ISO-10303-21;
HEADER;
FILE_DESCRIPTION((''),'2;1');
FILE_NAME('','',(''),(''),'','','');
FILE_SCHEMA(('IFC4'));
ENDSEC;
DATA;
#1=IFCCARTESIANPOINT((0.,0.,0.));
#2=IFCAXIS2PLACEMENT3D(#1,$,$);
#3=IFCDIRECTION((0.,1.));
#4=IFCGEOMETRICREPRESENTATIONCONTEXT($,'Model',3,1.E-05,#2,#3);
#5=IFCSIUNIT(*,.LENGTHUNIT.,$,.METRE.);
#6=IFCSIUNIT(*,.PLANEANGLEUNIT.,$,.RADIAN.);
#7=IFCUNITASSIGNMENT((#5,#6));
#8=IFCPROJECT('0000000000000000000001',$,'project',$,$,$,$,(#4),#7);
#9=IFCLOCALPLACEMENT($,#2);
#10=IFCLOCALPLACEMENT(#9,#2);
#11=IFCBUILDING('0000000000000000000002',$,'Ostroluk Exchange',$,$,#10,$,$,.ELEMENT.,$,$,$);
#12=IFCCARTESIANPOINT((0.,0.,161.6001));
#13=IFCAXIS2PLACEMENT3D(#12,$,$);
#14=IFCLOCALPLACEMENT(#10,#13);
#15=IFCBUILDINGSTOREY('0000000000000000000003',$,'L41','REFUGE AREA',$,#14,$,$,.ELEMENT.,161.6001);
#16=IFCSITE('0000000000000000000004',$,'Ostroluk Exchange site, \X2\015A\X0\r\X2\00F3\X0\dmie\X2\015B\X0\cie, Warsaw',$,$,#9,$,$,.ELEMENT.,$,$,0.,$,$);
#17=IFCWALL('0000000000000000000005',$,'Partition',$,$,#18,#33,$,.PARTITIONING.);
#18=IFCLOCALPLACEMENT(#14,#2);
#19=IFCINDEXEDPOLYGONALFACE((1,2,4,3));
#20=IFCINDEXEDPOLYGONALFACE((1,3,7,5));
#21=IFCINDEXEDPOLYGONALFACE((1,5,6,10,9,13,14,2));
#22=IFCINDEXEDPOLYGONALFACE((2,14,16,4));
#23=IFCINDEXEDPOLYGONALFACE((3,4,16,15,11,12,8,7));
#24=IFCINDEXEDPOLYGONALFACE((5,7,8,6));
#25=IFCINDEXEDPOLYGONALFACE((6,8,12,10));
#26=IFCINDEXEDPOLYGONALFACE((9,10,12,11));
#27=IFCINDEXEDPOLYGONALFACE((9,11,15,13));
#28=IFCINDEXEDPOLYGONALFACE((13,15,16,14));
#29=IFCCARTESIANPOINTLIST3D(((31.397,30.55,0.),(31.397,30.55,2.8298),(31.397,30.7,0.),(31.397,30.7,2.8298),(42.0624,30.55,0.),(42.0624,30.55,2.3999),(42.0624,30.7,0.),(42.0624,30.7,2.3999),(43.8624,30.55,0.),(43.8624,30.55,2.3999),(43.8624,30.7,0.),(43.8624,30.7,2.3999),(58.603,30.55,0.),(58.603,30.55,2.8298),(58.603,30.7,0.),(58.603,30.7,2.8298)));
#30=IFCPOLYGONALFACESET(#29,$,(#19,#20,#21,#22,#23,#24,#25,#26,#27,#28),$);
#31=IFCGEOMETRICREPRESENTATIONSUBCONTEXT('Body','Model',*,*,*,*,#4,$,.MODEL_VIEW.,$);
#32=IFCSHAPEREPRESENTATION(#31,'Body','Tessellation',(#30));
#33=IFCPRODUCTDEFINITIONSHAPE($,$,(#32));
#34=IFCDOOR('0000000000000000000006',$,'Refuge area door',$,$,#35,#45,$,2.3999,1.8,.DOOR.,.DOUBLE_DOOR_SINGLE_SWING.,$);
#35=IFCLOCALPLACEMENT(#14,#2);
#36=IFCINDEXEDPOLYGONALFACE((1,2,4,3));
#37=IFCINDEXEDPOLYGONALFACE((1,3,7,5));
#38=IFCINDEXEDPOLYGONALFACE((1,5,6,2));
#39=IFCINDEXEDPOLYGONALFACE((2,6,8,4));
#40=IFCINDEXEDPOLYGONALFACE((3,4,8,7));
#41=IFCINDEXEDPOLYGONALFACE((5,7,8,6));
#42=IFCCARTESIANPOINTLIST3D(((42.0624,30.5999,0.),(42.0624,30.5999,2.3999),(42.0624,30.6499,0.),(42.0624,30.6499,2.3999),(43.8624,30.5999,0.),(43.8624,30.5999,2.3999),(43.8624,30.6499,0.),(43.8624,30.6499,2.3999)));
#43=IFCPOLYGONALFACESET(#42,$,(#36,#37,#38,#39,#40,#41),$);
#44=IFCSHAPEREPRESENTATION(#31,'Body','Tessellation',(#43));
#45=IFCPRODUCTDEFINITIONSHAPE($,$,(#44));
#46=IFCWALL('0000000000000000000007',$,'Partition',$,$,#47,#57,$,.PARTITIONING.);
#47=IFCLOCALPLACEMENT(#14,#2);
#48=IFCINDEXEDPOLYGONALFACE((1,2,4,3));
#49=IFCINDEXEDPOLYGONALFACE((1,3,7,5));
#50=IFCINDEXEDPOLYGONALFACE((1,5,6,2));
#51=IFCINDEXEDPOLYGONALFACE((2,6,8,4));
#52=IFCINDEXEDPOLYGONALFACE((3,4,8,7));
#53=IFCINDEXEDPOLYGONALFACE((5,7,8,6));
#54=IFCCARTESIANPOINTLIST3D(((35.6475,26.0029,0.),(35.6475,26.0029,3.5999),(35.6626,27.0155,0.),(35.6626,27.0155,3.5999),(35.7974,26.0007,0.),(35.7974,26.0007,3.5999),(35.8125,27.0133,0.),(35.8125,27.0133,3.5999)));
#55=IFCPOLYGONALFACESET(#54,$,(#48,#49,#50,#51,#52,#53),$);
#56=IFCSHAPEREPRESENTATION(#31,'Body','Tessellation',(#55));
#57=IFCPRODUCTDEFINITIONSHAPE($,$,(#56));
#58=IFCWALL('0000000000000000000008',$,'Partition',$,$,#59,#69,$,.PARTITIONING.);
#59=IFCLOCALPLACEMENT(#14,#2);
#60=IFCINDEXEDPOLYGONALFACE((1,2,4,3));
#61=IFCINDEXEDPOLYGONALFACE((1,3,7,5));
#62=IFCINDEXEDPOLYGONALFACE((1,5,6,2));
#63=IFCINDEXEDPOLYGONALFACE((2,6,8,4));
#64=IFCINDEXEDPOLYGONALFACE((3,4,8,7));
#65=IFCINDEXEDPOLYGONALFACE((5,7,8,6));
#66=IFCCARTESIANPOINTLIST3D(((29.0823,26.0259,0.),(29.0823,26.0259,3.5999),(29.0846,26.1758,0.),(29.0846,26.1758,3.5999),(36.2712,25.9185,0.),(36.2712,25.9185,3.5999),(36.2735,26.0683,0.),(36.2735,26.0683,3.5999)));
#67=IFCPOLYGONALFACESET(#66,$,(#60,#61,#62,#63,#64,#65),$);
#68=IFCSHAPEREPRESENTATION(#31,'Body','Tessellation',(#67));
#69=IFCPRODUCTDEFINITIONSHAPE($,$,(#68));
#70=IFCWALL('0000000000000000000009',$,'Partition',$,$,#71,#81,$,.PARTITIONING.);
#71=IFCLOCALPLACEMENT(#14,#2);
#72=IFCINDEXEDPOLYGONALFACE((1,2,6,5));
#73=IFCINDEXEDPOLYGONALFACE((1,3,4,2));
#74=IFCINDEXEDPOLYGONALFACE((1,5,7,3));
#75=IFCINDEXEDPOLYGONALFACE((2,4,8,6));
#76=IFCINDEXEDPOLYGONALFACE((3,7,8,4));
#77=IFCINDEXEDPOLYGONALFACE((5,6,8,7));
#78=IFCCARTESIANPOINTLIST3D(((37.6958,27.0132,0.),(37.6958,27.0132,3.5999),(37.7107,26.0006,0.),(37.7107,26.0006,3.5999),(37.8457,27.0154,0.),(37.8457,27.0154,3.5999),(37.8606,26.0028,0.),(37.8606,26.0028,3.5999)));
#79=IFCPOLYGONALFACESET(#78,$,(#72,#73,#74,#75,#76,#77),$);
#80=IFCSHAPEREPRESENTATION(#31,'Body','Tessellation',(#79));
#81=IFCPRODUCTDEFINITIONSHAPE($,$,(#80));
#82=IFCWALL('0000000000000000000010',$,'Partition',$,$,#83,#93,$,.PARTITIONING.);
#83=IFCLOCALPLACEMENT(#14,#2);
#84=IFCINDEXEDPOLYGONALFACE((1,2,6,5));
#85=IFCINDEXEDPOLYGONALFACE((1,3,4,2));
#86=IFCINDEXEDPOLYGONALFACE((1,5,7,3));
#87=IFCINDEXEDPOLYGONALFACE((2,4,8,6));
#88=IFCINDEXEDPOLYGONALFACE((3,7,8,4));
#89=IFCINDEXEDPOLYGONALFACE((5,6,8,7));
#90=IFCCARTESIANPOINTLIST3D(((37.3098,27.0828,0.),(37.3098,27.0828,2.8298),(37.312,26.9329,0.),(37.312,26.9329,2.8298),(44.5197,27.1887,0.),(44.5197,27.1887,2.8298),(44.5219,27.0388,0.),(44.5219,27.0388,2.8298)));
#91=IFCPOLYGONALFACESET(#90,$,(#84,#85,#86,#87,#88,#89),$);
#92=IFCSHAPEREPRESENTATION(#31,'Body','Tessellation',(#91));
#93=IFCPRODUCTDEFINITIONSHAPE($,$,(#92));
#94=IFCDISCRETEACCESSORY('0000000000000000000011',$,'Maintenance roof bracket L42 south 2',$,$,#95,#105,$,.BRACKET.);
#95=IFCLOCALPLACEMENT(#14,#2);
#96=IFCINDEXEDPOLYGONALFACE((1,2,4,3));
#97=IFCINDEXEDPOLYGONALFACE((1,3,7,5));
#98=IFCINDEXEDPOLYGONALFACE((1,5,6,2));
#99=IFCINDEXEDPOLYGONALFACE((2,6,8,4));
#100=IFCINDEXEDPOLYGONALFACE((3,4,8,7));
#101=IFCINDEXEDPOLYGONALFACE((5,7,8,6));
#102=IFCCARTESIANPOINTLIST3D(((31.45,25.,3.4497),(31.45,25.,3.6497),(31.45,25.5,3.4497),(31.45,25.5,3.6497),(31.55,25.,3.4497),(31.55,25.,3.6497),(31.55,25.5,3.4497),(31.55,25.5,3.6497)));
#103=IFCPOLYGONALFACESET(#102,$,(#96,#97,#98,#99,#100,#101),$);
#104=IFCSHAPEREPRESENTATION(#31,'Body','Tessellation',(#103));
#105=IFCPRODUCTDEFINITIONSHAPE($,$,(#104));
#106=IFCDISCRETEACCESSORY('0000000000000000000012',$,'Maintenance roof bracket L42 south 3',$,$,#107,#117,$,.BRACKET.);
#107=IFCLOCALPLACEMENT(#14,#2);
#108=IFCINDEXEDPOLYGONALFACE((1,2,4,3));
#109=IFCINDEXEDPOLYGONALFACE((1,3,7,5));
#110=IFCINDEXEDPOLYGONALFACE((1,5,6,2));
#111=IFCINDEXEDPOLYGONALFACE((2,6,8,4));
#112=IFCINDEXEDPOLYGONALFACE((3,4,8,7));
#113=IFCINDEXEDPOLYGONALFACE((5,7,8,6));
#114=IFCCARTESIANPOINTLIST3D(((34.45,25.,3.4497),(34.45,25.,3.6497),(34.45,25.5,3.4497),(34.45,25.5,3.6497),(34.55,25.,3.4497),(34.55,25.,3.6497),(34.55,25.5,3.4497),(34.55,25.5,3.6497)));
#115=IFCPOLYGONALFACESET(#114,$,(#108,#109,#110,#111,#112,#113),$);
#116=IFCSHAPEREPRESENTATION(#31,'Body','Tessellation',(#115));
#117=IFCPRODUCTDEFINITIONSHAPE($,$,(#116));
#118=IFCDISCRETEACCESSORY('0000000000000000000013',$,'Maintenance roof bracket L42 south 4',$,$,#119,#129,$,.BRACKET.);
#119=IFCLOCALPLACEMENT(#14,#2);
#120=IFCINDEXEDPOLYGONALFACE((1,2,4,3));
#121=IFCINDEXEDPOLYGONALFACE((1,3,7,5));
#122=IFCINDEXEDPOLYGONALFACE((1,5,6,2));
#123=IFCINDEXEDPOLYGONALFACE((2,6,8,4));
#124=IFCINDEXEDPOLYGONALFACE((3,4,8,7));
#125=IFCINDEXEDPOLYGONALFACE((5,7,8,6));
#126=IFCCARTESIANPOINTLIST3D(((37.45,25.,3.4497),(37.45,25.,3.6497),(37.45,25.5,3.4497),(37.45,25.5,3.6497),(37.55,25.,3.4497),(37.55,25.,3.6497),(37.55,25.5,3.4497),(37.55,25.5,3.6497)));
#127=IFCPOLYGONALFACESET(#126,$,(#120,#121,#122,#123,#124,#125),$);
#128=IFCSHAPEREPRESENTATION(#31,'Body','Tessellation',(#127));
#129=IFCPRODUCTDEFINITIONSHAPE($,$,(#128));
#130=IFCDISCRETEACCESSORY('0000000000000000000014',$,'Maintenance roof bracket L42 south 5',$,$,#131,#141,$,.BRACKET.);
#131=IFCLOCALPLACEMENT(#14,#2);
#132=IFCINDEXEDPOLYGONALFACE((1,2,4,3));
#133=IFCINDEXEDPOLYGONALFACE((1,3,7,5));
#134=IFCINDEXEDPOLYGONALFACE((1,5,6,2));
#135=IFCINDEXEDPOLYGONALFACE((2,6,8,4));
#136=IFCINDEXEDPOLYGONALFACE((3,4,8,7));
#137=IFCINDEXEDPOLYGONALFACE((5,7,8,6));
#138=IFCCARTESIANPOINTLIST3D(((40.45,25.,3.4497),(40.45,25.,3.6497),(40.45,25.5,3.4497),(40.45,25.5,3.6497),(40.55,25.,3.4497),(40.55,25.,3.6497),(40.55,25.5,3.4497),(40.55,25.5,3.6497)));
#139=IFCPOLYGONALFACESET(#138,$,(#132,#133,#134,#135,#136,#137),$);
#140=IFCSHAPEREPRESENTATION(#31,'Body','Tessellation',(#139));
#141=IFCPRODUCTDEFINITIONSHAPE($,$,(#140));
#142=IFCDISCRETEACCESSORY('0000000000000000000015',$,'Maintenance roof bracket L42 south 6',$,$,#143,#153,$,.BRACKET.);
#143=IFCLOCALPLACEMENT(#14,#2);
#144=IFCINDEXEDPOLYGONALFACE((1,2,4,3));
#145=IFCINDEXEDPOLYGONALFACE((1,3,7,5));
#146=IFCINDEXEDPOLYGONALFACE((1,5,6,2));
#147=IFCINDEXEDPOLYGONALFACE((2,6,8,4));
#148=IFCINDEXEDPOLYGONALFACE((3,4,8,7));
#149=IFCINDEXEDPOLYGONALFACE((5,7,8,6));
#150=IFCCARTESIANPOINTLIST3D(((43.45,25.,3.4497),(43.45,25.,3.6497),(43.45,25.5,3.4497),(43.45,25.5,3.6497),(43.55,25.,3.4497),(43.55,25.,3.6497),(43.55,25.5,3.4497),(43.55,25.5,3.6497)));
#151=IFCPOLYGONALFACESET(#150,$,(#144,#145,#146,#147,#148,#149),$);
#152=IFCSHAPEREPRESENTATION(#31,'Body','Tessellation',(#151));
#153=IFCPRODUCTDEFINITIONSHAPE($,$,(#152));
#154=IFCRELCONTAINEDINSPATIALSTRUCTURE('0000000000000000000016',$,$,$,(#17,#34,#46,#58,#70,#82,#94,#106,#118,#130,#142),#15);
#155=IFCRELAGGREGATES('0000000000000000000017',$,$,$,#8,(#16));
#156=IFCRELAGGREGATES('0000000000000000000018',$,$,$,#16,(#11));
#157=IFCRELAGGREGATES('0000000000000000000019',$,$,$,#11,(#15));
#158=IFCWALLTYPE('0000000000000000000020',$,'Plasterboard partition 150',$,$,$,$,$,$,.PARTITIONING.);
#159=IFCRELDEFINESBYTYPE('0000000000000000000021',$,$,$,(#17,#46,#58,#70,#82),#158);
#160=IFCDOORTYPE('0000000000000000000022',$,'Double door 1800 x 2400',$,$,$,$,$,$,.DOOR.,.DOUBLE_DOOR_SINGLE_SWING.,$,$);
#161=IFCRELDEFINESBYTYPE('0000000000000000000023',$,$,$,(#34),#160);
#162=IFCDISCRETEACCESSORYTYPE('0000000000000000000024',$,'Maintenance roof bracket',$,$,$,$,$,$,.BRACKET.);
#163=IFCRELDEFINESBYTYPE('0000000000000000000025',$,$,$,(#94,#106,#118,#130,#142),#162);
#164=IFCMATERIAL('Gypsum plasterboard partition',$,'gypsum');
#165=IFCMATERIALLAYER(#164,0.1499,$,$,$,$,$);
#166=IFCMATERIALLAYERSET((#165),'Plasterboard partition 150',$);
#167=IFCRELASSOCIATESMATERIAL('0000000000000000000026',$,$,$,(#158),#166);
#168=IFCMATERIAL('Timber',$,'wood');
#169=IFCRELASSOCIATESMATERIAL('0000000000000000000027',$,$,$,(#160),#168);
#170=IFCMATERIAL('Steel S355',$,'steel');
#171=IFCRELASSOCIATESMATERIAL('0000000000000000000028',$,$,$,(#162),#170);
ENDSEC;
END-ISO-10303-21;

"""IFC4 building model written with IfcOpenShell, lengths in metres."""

from ifc_helpers import new_model, si_unit, direction, frame, frame_2d, origin, origin_2d, place, context, subcontext, project, spatial, rectangle, extrude, material, layer, layer_set, type_object, element, fill, save


model = new_model("IFC4")

# Units and contexts
model_context = context("Model", 3, precision=1e-05, world=origin(), true_north=direction((0.0, 1.0)))
body_context = subcontext(model_context, "Body", "Model", "MODEL_VIEW")
ifc_project = project(units=[si_unit("LENGTHUNIT", "METRE"), si_unit("PLANEANGLEUNIT", "RADIAN")], contexts=[model_context])

# Site, building, storey
site_placement = place(None, origin())
site = spatial("IfcSite", under=ifc_project, at=site_placement, Name="Ostroluk Exchange site, Śródmieście, Warsaw", CompositionType="ELEMENT", RefElevation=0.0)
building_placement = place(site_placement, origin())
building = spatial("IfcBuilding", under=site, at=building_placement, Name="Ostroluk Exchange", CompositionType="ELEMENT")
storey_placement = place(building_placement, frame((0.0, 0.0, 161.6001)))
storey = spatial("IfcBuildingStorey", under=building, at=storey_placement, Name="L41", Description="REFUGE AREA", CompositionType="ELEMENT", Elevation=161.6001)

# Wall, opening, door
ifc_material_1 = material(Name="Gypsum plasterboard partition", Category="gypsum")
ifc_layer_1 = layer(ifc_material_1, 0.1499)
ifc_layer_set_1 = layer_set([ifc_layer_1], Name="Plasterboard partition 150")
wall_type = type_object("IfcWallType", Name="Plasterboard partition 150", PredefinedType="PARTITIONING", material=ifc_layer_set_1)
wall_1_placement = place(storey_placement, frame((31.397, 30.625, 0.0), z_axis=(0.0, 0.0, 1.0), x_axis=(1.0, 0.0, 0.0)))
wall_1 = element("IfcWall", 1, at=wall_1_placement, inside=storey, type_object=wall_type, Name="Partition", PredefinedType="PARTITIONING", context=body_context, shape_type="SweptSolid", body=[
    extrude(rectangle(XDim=27.2061, YDim=0.1499, at=frame_2d((13.603, 0.0))), origin(), (0.0, 0.0, 1.0), 2.8298),
])
opening_placement = place(wall_1_placement, frame((10.6655, 0.0, 0.0)))
opening = element("IfcOpeningElement", 2, at=opening_placement, cuts=wall_1, PredefinedType="OPENING", context=body_context, shape_type="SweptSolid", body=[
    extrude(rectangle(XDim=1.8, YDim=2.3999, at=frame_2d((0.8999, 1.2))), frame((0.0, 0.085, 0.0), z_axis=(0.0, -1.0, 0.0), x_axis=(1.0, 0.0, 0.0)), (0.0, 0.0, 1.0), 0.1699),
])
ifc_material_2 = material(Name="Timber", Category="wood")
door_type = type_object("IfcDoorType", Name="Double door 1800 x 2400", OperationType="DOUBLE_DOOR_SINGLE_SWING", PredefinedType="DOOR", material=ifc_material_2)
door_placement = place(opening_placement, origin())
door = element("IfcDoor", 3, at=door_placement, inside=storey, type_object=door_type, Name="Refuge area door", OperationType="DOUBLE_DOOR_SINGLE_SWING", OverallHeight=2.3999, OverallWidth=1.8, PredefinedType="DOOR", context=body_context, shape_type="SweptSolid", body=[
    extrude(rectangle(XDim=1.8, YDim=2.3999, at=frame_2d((0.8999, 1.2))), frame((0.0, 0.0249, 0.0), z_axis=(0.0, -1.0, 0.0), x_axis=(1.0, 0.0, 0.0)), (0.0, 0.0, 1.0), 0.05),
])
fill(opening, door)

# Walls
wall_2_placement = place(storey_placement, frame((35.7375, 27.0144, 0.0), z_axis=(0.0, 0.0, 1.0), x_axis=(-0.014945, -0.999888, 0.0)))
element("IfcWall", 4, at=wall_2_placement, inside=storey, type_object=wall_type, Name="Partition", PredefinedType="PARTITIONING", context=body_context, shape_type="SweptSolid", body=[
    extrude(rectangle(XDim=1.0127, YDim=0.1499, at=frame_2d((0.5063, 0.0))), origin(), (0.0, 0.0, 1.0), 3.5999),
])
wall_3_placement = place(storey_placement, frame((36.2722, 25.9934, 0.0), z_axis=(0.0, 0.0, 1.0), x_axis=(-0.999888, 0.014941, 0.0)))
element("IfcWall", 5, at=wall_3_placement, inside=storey, type_object=wall_type, Name="Partition", PredefinedType="PARTITIONING", context=body_context, shape_type="SweptSolid", body=[
    extrude(rectangle(XDim=7.1897, YDim=0.1499, at=frame_2d((3.5947, 0.0))), origin(), (0.0, 0.0, 1.0), 3.5999),
])
wall_4_placement = place(storey_placement, frame((37.7856, 26.0017, 0.0), z_axis=(0.0, 0.0, 1.0), x_axis=(-0.014704, 0.999892, 0.0)))
element("IfcWall", 6, at=wall_4_placement, inside=storey, type_object=wall_type, Name="Partition", PredefinedType="PARTITIONING", context=body_context, shape_type="SweptSolid", body=[
    extrude(rectangle(XDim=1.0127, YDim=0.1499, at=frame_2d((0.5063, 0.0))), origin(), (0.0, 0.0, 1.0), 3.5999),
])
wall_5_placement = place(storey_placement, frame((37.3108, 27.0078, 0.0), z_axis=(0.0, 0.0, 1.0), x_axis=(0.999892, 0.014694, 0.0)))
element("IfcWall", 7, at=wall_5_placement, inside=storey, type_object=wall_type, Name="Partition", PredefinedType="PARTITIONING", context=body_context, shape_type="SweptSolid", body=[
    extrude(rectangle(XDim=7.2107, YDim=0.1499, at=frame_2d((3.6055, 0.0))), origin(), (0.0, 0.0, 1.0), 2.8298),
])

# Discrete accessories
ifc_material_3 = material(Name="Steel S355", Category="steel")
discrete_accessory_type = type_object("IfcDiscreteAccessoryType", Name="Maintenance roof bracket", PredefinedType="BRACKET", material=ifc_material_3)
for number, where, z_axis, x_axis, name in (
    (8, (31.5, 25.25, 3.4497), (0.0, 0.0, 1.0), (1.0, 0.0, 0.0), "Maintenance roof bracket L42 south 2"),
    (9, (34.5, 25.25, 3.4497), (0.0, 0.0, 1.0), (1.0, 0.0, 0.0), "Maintenance roof bracket L42 south 3"),
    (10, (37.5, 25.25, 3.4497), (0.0, 0.0, 1.0), (1.0, 0.0, 0.0), "Maintenance roof bracket L42 south 4"),
    (11, (40.5, 25.25, 3.4497), (0.0, 0.0, 1.0), (1.0, 0.0, 0.0), "Maintenance roof bracket L42 south 5"),
    (12, (43.5, 25.25, 3.4497), (0.0, 0.0, 1.0), (1.0, 0.0, 0.0), "Maintenance roof bracket L42 south 6"),
):
    element("IfcDiscreteAccessory", number, at=place(storey_placement, frame(where, z_axis=z_axis, x_axis=x_axis)), inside=storey, type_object=discrete_accessory_type, Name=name, PredefinedType="BRACKET", context=body_context, shape_type="SweptSolid", body=[
        extrude(rectangle(XDim=0.1001, YDim=0.5, at=origin_2d()), origin(), (0.0, 0.0, 1.0), 0.2),
    ])

save(model, "model.ifc")
